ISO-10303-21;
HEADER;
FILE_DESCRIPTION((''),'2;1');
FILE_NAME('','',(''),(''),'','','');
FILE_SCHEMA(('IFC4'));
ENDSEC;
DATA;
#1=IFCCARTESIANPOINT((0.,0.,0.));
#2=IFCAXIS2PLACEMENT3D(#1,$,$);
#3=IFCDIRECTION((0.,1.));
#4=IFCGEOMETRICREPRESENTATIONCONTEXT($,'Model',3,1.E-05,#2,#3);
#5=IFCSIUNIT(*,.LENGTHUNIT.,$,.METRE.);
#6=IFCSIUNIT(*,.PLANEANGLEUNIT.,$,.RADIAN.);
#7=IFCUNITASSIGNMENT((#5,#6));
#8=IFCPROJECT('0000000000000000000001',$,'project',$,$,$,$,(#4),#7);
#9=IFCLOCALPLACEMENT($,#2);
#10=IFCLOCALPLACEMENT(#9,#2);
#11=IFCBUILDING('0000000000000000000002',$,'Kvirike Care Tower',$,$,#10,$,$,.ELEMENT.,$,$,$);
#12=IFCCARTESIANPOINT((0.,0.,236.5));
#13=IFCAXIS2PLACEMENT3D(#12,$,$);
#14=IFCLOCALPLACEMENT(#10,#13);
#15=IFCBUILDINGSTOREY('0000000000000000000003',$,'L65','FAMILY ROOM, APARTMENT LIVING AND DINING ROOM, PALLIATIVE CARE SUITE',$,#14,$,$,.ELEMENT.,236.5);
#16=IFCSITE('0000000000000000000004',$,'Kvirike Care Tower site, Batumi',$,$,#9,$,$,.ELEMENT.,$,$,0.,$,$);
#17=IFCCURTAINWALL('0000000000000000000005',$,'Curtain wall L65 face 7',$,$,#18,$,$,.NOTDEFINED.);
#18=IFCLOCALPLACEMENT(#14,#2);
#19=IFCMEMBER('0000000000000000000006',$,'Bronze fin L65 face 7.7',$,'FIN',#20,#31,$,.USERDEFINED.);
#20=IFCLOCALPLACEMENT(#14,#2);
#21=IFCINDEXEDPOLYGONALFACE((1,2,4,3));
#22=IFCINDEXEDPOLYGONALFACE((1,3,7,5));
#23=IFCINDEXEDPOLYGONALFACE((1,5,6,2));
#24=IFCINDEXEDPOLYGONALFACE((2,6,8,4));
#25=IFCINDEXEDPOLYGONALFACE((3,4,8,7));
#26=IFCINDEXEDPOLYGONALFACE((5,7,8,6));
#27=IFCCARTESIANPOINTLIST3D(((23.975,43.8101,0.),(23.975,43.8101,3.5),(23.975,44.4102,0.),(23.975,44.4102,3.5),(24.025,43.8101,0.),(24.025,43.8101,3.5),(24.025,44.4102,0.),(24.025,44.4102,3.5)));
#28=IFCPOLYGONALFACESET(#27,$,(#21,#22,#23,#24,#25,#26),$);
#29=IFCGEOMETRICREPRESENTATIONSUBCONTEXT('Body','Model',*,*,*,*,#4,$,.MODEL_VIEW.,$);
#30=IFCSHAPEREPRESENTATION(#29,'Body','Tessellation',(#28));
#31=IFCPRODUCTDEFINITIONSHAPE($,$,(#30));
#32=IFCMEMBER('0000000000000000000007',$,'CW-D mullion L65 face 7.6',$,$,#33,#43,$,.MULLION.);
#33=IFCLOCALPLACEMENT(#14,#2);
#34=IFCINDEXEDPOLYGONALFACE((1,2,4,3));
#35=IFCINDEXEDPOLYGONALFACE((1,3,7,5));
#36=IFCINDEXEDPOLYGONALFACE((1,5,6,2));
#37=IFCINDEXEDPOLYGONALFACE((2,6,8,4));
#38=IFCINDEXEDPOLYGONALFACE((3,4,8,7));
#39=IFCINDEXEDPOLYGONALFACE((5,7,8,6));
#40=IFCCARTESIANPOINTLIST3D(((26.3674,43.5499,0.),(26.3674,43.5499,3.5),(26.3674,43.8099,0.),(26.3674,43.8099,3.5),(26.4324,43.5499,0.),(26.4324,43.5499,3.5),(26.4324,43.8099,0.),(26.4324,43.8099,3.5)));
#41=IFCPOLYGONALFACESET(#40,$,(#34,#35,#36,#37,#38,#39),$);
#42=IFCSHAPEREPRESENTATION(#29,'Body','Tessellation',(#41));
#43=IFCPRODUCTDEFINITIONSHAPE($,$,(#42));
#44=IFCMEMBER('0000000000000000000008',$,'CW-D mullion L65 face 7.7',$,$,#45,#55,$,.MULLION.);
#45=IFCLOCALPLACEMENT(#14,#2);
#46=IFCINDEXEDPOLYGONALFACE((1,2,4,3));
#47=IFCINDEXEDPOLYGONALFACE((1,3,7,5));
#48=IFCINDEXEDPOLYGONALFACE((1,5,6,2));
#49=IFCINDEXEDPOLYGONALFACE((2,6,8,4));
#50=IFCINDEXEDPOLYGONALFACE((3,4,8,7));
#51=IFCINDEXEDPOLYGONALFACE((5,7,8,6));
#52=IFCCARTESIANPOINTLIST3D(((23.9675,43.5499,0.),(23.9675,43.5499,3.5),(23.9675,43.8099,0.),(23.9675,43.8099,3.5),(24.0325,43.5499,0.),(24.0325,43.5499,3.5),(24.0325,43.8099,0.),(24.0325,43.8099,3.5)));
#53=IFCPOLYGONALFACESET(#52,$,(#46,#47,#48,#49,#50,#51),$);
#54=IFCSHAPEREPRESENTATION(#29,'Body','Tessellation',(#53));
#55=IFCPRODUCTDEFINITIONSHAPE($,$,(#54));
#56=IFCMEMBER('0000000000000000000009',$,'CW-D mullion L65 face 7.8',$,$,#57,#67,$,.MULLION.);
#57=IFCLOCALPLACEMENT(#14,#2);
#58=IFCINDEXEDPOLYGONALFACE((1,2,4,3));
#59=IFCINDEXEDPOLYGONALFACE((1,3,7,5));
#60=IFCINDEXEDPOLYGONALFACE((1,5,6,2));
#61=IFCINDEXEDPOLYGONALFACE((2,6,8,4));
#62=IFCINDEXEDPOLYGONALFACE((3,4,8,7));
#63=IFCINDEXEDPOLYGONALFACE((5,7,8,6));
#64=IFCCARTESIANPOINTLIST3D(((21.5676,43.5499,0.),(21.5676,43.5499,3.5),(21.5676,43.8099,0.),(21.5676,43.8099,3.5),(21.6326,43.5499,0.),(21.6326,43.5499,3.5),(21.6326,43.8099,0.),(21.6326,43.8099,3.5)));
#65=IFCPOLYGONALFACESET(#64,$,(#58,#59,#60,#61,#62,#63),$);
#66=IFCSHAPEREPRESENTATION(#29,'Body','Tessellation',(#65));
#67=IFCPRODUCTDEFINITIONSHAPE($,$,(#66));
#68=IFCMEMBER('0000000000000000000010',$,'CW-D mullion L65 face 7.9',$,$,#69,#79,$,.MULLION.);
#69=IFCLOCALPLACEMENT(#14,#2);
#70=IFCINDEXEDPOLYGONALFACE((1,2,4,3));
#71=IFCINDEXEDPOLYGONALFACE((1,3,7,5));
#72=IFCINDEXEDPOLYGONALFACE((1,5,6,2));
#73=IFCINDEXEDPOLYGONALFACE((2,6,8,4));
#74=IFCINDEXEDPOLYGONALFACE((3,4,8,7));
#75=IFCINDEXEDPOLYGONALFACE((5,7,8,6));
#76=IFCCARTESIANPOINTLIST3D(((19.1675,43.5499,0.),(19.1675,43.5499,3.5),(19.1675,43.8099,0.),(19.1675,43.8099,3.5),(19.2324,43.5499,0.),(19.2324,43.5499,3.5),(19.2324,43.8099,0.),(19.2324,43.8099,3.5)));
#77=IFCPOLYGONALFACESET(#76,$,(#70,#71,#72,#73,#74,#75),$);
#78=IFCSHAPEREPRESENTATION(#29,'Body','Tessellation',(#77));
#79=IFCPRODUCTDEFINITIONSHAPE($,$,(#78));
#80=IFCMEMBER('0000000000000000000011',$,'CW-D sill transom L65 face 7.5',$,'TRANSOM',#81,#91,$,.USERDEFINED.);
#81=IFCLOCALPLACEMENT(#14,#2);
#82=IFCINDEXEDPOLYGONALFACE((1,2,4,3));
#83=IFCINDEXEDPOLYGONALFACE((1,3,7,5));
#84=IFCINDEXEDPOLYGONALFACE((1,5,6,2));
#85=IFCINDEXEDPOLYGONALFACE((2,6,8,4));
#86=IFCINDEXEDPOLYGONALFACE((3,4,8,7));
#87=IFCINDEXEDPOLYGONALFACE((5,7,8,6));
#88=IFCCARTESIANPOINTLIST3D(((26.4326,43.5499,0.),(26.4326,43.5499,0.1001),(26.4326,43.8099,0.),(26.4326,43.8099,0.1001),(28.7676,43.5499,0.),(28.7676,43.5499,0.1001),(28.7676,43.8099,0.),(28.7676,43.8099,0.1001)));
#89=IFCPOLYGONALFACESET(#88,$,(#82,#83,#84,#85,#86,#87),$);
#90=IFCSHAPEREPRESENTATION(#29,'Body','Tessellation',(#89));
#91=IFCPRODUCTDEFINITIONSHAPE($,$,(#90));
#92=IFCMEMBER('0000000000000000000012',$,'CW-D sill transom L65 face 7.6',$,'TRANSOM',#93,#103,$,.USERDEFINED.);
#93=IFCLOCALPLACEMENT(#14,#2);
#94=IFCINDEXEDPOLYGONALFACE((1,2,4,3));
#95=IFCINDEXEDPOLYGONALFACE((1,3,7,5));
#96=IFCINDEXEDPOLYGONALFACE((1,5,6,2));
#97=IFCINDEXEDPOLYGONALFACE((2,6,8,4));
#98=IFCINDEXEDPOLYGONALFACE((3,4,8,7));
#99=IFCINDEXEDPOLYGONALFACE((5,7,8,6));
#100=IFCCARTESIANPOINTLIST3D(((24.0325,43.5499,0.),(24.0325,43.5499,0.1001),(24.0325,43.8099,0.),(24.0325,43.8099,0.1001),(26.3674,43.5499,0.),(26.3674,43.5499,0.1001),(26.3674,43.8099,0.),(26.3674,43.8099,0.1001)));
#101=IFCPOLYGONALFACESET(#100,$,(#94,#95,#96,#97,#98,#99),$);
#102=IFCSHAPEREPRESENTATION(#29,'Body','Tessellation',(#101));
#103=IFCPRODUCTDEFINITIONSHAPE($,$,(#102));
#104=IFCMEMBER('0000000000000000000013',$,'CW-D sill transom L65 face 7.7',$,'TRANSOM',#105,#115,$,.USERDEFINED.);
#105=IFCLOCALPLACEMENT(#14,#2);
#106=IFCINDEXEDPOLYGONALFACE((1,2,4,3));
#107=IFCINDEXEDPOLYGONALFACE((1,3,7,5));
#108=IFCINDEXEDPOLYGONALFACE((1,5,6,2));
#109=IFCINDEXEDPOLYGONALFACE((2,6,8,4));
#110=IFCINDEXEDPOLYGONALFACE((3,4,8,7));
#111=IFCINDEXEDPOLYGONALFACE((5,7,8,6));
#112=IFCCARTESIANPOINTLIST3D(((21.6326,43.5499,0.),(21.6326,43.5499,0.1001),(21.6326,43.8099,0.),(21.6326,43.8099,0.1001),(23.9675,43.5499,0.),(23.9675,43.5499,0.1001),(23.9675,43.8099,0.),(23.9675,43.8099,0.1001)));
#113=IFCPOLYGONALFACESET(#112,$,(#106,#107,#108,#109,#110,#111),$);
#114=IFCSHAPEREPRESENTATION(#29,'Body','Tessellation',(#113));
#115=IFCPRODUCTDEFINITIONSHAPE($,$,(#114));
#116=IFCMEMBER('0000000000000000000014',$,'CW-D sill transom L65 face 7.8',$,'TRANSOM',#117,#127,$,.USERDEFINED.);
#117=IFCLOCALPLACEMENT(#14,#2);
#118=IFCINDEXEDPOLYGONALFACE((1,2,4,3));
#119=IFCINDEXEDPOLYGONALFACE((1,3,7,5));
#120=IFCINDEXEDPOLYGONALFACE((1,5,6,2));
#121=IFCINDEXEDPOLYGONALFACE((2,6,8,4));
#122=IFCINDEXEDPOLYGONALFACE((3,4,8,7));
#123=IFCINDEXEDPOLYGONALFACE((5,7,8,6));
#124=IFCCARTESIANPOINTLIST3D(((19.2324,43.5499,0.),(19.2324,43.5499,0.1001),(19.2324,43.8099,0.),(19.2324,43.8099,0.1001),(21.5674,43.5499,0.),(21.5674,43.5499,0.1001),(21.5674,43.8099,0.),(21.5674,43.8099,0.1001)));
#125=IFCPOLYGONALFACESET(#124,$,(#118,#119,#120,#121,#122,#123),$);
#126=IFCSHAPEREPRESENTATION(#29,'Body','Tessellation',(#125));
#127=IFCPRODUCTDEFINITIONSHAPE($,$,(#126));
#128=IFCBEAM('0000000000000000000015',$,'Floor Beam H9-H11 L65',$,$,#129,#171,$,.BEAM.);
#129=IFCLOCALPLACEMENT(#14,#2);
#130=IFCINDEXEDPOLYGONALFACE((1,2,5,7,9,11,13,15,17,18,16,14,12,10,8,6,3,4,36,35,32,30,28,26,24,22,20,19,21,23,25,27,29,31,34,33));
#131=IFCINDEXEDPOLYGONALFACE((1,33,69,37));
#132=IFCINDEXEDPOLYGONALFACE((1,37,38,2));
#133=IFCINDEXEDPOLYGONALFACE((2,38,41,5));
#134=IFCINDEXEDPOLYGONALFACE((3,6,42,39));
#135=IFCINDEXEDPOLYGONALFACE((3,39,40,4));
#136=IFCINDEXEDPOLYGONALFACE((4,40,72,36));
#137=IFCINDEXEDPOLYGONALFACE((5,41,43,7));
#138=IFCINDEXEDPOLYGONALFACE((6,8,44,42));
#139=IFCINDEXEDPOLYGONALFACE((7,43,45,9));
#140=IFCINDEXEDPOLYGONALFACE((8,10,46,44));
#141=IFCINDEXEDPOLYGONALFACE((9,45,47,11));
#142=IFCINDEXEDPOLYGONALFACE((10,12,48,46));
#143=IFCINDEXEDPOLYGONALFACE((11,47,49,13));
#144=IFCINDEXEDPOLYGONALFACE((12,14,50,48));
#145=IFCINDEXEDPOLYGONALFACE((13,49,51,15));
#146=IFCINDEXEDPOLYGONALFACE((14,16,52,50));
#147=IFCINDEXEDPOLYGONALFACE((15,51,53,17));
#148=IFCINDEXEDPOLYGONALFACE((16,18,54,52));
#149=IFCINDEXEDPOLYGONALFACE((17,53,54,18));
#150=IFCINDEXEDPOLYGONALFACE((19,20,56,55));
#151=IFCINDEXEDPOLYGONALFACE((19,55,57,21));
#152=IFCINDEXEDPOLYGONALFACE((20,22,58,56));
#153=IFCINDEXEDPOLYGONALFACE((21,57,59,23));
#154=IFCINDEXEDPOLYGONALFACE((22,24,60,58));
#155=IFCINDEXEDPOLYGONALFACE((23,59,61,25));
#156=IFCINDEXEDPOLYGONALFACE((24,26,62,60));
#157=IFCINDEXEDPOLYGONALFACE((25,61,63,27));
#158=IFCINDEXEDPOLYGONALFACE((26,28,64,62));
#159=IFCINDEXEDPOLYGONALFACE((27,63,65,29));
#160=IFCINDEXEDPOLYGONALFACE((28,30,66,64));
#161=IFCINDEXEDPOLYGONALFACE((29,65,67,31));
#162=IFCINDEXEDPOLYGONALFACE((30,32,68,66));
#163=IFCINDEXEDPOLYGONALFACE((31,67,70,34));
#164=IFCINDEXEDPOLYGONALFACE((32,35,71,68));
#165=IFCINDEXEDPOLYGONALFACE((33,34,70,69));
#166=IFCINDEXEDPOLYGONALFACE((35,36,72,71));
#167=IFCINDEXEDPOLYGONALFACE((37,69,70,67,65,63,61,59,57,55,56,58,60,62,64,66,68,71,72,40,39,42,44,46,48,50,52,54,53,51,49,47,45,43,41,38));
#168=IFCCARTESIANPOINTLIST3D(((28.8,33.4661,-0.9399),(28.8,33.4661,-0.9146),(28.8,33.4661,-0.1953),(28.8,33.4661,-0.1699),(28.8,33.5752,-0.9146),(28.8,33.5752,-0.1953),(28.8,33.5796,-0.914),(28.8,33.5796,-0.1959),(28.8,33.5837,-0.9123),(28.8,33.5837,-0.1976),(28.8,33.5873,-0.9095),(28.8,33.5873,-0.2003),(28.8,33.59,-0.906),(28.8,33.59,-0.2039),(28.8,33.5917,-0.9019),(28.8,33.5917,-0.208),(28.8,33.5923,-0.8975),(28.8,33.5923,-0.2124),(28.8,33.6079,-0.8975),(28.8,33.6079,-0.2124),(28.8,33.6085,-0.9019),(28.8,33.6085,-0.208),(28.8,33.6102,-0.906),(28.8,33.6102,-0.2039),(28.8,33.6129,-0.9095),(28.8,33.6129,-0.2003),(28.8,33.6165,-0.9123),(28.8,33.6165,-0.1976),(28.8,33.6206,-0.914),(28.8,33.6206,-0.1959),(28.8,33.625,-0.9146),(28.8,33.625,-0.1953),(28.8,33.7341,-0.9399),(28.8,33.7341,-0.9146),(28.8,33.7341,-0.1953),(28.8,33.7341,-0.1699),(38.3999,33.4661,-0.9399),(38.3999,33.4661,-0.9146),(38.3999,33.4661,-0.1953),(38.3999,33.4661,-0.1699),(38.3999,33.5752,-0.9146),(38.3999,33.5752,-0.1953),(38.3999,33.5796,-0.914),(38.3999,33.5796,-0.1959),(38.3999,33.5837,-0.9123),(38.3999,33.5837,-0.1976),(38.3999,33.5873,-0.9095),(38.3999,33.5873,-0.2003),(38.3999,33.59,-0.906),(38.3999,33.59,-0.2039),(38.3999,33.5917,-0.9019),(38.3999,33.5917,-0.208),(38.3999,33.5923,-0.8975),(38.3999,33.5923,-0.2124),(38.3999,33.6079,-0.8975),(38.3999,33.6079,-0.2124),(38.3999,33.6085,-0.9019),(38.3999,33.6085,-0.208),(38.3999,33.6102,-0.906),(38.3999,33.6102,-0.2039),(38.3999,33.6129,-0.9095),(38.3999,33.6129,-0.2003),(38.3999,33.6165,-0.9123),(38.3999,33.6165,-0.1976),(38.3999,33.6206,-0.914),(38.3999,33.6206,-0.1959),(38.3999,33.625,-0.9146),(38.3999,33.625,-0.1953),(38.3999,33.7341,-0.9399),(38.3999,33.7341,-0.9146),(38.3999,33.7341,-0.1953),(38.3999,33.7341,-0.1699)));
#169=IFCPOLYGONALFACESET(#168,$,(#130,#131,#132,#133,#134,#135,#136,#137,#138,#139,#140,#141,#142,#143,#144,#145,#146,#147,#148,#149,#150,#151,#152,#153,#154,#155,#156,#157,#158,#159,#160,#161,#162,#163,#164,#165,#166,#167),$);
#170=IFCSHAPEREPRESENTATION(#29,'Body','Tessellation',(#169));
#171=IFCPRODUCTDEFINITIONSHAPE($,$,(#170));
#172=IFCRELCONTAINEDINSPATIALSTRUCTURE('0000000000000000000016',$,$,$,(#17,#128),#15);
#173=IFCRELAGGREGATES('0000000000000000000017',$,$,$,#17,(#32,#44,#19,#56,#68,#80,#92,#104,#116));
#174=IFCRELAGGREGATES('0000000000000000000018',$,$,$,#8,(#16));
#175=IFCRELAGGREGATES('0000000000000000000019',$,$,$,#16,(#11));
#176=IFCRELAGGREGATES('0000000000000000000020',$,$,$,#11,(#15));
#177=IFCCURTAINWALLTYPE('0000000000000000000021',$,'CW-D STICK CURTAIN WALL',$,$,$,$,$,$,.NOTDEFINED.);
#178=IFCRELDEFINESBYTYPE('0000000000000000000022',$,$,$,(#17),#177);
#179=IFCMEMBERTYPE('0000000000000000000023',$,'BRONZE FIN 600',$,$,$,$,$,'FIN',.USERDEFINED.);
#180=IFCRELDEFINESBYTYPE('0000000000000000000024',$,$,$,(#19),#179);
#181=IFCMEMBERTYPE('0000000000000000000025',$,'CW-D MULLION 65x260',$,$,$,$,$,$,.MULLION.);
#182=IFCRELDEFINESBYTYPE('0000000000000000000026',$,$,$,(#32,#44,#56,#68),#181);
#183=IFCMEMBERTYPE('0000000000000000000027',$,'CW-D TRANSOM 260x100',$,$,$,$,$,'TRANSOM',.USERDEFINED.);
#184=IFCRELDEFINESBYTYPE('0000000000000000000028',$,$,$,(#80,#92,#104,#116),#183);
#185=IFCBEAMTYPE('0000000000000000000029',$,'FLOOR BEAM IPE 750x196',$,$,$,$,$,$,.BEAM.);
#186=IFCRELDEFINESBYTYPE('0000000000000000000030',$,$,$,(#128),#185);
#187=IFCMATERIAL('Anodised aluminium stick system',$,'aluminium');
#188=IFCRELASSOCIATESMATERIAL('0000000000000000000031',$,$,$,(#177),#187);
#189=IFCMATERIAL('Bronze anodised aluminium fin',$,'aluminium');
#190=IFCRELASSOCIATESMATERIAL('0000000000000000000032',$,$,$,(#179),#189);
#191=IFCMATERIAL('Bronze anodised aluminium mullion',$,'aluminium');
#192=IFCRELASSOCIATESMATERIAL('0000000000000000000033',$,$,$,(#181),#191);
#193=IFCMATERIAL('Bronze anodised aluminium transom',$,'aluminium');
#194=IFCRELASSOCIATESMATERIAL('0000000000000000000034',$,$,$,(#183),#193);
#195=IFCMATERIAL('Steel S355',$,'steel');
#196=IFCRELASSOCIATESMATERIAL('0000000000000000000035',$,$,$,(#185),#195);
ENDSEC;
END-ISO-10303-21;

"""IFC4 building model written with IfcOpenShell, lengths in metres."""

from ifc_helpers import new_model, si_unit, direction, frame, origin, origin_2d, place, context, subcontext, project, spatial, rectangle, i_section, extrude, material, material_profile, profile_set, type_object, element, aggregate, save


model = new_model("IFC4")

# Units and contexts
model_context = context("Model", 3, precision=1e-05, world=origin(), true_north=direction((0.0, 1.0)))
body_context = subcontext(model_context, "Body", "Model", "MODEL_VIEW")
ifc_project = project(units=[si_unit("LENGTHUNIT", "METRE"), si_unit("PLANEANGLEUNIT", "RADIAN")], contexts=[model_context])

# Site, building, storey
site_placement = place(None, origin())
site = spatial("IfcSite", under=ifc_project, at=site_placement, Name="Kvirike Care Tower site, Batumi", CompositionType="ELEMENT", RefElevation=0.0)
building_placement = place(site_placement, origin())
building = spatial("IfcBuilding", under=site, at=building_placement, Name="Kvirike Care Tower", CompositionType="ELEMENT")
storey_placement = place(building_placement, frame((0.0, 0.0, 236.5)))
storey = spatial("IfcBuildingStorey", under=building, at=storey_placement, Name="L65", Description="FAMILY ROOM, APARTMENT LIVING AND DINING ROOM, PALLIATIVE CARE SUITE", CompositionType="ELEMENT", Elevation=236.5)

# Curtain wall, members
ifc_material_1 = material(Name="Anodised aluminium stick system", Category="aluminium")
curtain_wall_type = type_object("IfcCurtainWallType", Name="CW-D STICK CURTAIN WALL", PredefinedType="NOTDEFINED", material=ifc_material_1)
curtain_wall_placement = place(storey_placement, origin())
curtain_wall = element("IfcCurtainWall", 1, at=curtain_wall_placement, inside=storey, type_object=curtain_wall_type, Name="Curtain wall L65 face 7", PredefinedType="NOTDEFINED")
ifc_material_2 = material(Name="Bronze anodised aluminium fin", Category="aluminium")
ifc_material_profile_1 = material_profile(ifc_material_2, rectangle(XDim=0.05, YDim=0.6001, at=origin_2d()), Name="BRONZE FIN 600")
ifc_profile_set_1 = profile_set([ifc_material_profile_1], Name="Bronze anodised aluminium fin")
member_type_1 = type_object("IfcMemberType", Name="BRONZE FIN 600", ElementType="FIN", PredefinedType="USERDEFINED", material=ifc_profile_set_1)
member_1_placement = place(storey_placement, frame((24.0, 44.1101, 0.0), z_axis=(0.0, 0.0, 1.0), x_axis=(-1.0, 0.0, 0.0)))
member_1 = element("IfcMember", 2, at=member_1_placement, type_object=member_type_1, Name="Bronze fin L65 face 7.7", ObjectType="FIN", PredefinedType="USERDEFINED", context=body_context, shape_type="SweptSolid", body=[
    extrude(rectangle(XDim=0.05, YDim=0.6001, at=origin_2d()), origin(), (0.0, 0.0, 1.0), 3.5),
])
ifc_material_3 = material(Name="Bronze anodised aluminium mullion", Category="aluminium")
ifc_material_profile_2 = material_profile(ifc_material_3, rectangle(XDim=0.0649, YDim=0.26, at=origin_2d()), Name="CW-D MULLION 65x260")
ifc_profile_set_2 = profile_set([ifc_material_profile_2], Name="Bronze anodised aluminium mullion")
member_type_2 = type_object("IfcMemberType", Name="CW-D MULLION 65x260", PredefinedType="MULLION", material=ifc_profile_set_2)
member_2_placement = place(storey_placement, frame((26.3999, 43.6799, 0.0), z_axis=(0.0, 0.0, 1.0), x_axis=(-1.0, 0.0, 0.0)))
member_2 = element("IfcMember", 3, at=member_2_placement, type_object=member_type_2, Name="CW-D mullion L65 face 7.6", PredefinedType="MULLION", context=body_context, shape_type="SweptSolid", body=[
    extrude(rectangle(XDim=0.0649, YDim=0.26, at=origin_2d()), origin(), (0.0, 0.0, 1.0), 3.5),
])
member_3_placement = place(storey_placement, frame((24.0, 43.6799, 0.0), z_axis=(0.0, 0.0, 1.0), x_axis=(-1.0, 0.0, 0.0)))
member_3 = element("IfcMember", 4, at=member_3_placement, type_object=member_type_2, Name="CW-D mullion L65 face 7.7", PredefinedType="MULLION", context=body_context, shape_type="SweptSolid", body=[
    extrude(rectangle(XDim=0.0649, YDim=0.26, at=origin_2d()), origin(), (0.0, 0.0, 1.0), 3.5),
])
member_4_placement = place(storey_placement, frame((21.6001, 43.6799, 0.0), z_axis=(0.0, 0.0, 1.0), x_axis=(-1.0, 0.0, 0.0)))
member_4 = element("IfcMember", 5, at=member_4_placement, type_object=member_type_2, Name="CW-D mullion L65 face 7.8", PredefinedType="MULLION", context=body_context, shape_type="SweptSolid", body=[
    extrude(rectangle(XDim=0.0649, YDim=0.26, at=origin_2d()), origin(), (0.0, 0.0, 1.0), 3.5),
])
member_5_placement = place(storey_placement, frame((19.2, 43.6799, 0.0), z_axis=(0.0, 0.0, 1.0), x_axis=(-1.0, 0.0, 0.0)))
member_5 = element("IfcMember", 6, at=member_5_placement, type_object=member_type_2, Name="CW-D mullion L65 face 7.9", PredefinedType="MULLION", context=body_context, shape_type="SweptSolid", body=[
    extrude(rectangle(XDim=0.0649, YDim=0.26, at=origin_2d()), origin(), (0.0, 0.0, 1.0), 3.5),
])
ifc_material_4 = material(Name="Bronze anodised aluminium transom", Category="aluminium")
ifc_material_profile_3 = material_profile(ifc_material_4, rectangle(XDim=0.26, YDim=0.1001, at=origin_2d()), Name="CW-D TRANSOM 260x100")
ifc_profile_set_3 = profile_set([ifc_material_profile_3], Name="Bronze anodised aluminium transom")
member_type_3 = type_object("IfcMemberType", Name="CW-D TRANSOM 260x100", ElementType="TRANSOM", PredefinedType="USERDEFINED", material=ifc_profile_set_3)
member_6_placement = place(storey_placement, frame((28.7676, 43.6799, 0.05), z_axis=(-1.0, 0.0, 0.0), x_axis=(0.0, -1.0, 0.0)))
member_6 = element("IfcMember", 7, at=member_6_placement, type_object=member_type_3, Name="CW-D sill transom L65 face 7.5", ObjectType="TRANSOM", PredefinedType="USERDEFINED", context=body_context, shape_type="SweptSolid", body=[
    extrude(rectangle(XDim=0.26, YDim=0.1001, at=origin_2d()), origin(), (0.0, 0.0, 1.0), 2.335),
])
member_7_placement = place(storey_placement, frame((26.3674, 43.6799, 0.05), z_axis=(-1.0, 0.0, 0.0), x_axis=(0.0, -1.0, 0.0)))
member_7 = element("IfcMember", 8, at=member_7_placement, type_object=member_type_3, Name="CW-D sill transom L65 face 7.6", ObjectType="TRANSOM", PredefinedType="USERDEFINED", context=body_context, shape_type="SweptSolid", body=[
    extrude(rectangle(XDim=0.26, YDim=0.1001, at=origin_2d()), origin(), (0.0, 0.0, 1.0), 2.335),
])
member_8_placement = place(storey_placement, frame((23.9675, 43.6799, 0.05), z_axis=(-1.0, 0.0, 0.0), x_axis=(0.0, -1.0, 0.0)))
member_8 = element("IfcMember", 9, at=member_8_placement, type_object=member_type_3, Name="CW-D sill transom L65 face 7.7", ObjectType="TRANSOM", PredefinedType="USERDEFINED", context=body_context, shape_type="SweptSolid", body=[
    extrude(rectangle(XDim=0.26, YDim=0.1001, at=origin_2d()), origin(), (0.0, 0.0, 1.0), 2.335),
])
member_9_placement = place(storey_placement, frame((21.5674, 43.6799, 0.05), z_axis=(-1.0, 0.0, 0.0), x_axis=(0.0, -1.0, 0.0)))
member_9 = element("IfcMember", 10, at=member_9_placement, type_object=member_type_3, Name="CW-D sill transom L65 face 7.8", ObjectType="TRANSOM", PredefinedType="USERDEFINED", context=body_context, shape_type="SweptSolid", body=[
    extrude(rectangle(XDim=0.26, YDim=0.1001, at=origin_2d()), origin(), (0.0, 0.0, 1.0), 2.335),
])

# Beam
ifc_material_5 = material(Name="Steel S355", Category="steel")
ifc_material_profile_4 = material_profile(ifc_material_5, i_section(OverallWidth=0.2681, OverallDepth=0.77, WebThickness=0.0156, FlangeThickness=0.0254, FilletRadius=0.0171, at=origin_2d()), Name="IPE 750x196")
ifc_profile_set_4 = profile_set([ifc_material_profile_4], Name="Steel S355")
beam_type_1 = type_object("IfcBeamType", Name="FLOOR BEAM IPE 750x196", PredefinedType="BEAM", material=ifc_profile_set_4)
for number, where, z_axis, x_axis, name in (
    (11, (28.8, 33.6001, -0.5549), (1.0, 0.0, 0.0), (0.0, 1.0, 0.0), "Floor Beam H9-H11 L65"),
):
    element("IfcBeam", number, at=place(storey_placement, frame(where, z_axis=z_axis, x_axis=x_axis)), inside=storey, type_object=beam_type_1, Name=name, PredefinedType="BEAM", context=body_context, shape_type="SweptSolid", body=[
        extrude(i_section(OverallWidth=0.2681, OverallDepth=0.77, WebThickness=0.0156, FlangeThickness=0.0254, FilletRadius=0.0171, at=origin_2d()), origin(), (0.0, 0.0, 1.0), 9.5999),
    ])

aggregate(curtain_wall, [member_2, member_3, member_1, member_4, member_5, member_6, member_7, member_8, member_9])

save(model, "model.ifc")
